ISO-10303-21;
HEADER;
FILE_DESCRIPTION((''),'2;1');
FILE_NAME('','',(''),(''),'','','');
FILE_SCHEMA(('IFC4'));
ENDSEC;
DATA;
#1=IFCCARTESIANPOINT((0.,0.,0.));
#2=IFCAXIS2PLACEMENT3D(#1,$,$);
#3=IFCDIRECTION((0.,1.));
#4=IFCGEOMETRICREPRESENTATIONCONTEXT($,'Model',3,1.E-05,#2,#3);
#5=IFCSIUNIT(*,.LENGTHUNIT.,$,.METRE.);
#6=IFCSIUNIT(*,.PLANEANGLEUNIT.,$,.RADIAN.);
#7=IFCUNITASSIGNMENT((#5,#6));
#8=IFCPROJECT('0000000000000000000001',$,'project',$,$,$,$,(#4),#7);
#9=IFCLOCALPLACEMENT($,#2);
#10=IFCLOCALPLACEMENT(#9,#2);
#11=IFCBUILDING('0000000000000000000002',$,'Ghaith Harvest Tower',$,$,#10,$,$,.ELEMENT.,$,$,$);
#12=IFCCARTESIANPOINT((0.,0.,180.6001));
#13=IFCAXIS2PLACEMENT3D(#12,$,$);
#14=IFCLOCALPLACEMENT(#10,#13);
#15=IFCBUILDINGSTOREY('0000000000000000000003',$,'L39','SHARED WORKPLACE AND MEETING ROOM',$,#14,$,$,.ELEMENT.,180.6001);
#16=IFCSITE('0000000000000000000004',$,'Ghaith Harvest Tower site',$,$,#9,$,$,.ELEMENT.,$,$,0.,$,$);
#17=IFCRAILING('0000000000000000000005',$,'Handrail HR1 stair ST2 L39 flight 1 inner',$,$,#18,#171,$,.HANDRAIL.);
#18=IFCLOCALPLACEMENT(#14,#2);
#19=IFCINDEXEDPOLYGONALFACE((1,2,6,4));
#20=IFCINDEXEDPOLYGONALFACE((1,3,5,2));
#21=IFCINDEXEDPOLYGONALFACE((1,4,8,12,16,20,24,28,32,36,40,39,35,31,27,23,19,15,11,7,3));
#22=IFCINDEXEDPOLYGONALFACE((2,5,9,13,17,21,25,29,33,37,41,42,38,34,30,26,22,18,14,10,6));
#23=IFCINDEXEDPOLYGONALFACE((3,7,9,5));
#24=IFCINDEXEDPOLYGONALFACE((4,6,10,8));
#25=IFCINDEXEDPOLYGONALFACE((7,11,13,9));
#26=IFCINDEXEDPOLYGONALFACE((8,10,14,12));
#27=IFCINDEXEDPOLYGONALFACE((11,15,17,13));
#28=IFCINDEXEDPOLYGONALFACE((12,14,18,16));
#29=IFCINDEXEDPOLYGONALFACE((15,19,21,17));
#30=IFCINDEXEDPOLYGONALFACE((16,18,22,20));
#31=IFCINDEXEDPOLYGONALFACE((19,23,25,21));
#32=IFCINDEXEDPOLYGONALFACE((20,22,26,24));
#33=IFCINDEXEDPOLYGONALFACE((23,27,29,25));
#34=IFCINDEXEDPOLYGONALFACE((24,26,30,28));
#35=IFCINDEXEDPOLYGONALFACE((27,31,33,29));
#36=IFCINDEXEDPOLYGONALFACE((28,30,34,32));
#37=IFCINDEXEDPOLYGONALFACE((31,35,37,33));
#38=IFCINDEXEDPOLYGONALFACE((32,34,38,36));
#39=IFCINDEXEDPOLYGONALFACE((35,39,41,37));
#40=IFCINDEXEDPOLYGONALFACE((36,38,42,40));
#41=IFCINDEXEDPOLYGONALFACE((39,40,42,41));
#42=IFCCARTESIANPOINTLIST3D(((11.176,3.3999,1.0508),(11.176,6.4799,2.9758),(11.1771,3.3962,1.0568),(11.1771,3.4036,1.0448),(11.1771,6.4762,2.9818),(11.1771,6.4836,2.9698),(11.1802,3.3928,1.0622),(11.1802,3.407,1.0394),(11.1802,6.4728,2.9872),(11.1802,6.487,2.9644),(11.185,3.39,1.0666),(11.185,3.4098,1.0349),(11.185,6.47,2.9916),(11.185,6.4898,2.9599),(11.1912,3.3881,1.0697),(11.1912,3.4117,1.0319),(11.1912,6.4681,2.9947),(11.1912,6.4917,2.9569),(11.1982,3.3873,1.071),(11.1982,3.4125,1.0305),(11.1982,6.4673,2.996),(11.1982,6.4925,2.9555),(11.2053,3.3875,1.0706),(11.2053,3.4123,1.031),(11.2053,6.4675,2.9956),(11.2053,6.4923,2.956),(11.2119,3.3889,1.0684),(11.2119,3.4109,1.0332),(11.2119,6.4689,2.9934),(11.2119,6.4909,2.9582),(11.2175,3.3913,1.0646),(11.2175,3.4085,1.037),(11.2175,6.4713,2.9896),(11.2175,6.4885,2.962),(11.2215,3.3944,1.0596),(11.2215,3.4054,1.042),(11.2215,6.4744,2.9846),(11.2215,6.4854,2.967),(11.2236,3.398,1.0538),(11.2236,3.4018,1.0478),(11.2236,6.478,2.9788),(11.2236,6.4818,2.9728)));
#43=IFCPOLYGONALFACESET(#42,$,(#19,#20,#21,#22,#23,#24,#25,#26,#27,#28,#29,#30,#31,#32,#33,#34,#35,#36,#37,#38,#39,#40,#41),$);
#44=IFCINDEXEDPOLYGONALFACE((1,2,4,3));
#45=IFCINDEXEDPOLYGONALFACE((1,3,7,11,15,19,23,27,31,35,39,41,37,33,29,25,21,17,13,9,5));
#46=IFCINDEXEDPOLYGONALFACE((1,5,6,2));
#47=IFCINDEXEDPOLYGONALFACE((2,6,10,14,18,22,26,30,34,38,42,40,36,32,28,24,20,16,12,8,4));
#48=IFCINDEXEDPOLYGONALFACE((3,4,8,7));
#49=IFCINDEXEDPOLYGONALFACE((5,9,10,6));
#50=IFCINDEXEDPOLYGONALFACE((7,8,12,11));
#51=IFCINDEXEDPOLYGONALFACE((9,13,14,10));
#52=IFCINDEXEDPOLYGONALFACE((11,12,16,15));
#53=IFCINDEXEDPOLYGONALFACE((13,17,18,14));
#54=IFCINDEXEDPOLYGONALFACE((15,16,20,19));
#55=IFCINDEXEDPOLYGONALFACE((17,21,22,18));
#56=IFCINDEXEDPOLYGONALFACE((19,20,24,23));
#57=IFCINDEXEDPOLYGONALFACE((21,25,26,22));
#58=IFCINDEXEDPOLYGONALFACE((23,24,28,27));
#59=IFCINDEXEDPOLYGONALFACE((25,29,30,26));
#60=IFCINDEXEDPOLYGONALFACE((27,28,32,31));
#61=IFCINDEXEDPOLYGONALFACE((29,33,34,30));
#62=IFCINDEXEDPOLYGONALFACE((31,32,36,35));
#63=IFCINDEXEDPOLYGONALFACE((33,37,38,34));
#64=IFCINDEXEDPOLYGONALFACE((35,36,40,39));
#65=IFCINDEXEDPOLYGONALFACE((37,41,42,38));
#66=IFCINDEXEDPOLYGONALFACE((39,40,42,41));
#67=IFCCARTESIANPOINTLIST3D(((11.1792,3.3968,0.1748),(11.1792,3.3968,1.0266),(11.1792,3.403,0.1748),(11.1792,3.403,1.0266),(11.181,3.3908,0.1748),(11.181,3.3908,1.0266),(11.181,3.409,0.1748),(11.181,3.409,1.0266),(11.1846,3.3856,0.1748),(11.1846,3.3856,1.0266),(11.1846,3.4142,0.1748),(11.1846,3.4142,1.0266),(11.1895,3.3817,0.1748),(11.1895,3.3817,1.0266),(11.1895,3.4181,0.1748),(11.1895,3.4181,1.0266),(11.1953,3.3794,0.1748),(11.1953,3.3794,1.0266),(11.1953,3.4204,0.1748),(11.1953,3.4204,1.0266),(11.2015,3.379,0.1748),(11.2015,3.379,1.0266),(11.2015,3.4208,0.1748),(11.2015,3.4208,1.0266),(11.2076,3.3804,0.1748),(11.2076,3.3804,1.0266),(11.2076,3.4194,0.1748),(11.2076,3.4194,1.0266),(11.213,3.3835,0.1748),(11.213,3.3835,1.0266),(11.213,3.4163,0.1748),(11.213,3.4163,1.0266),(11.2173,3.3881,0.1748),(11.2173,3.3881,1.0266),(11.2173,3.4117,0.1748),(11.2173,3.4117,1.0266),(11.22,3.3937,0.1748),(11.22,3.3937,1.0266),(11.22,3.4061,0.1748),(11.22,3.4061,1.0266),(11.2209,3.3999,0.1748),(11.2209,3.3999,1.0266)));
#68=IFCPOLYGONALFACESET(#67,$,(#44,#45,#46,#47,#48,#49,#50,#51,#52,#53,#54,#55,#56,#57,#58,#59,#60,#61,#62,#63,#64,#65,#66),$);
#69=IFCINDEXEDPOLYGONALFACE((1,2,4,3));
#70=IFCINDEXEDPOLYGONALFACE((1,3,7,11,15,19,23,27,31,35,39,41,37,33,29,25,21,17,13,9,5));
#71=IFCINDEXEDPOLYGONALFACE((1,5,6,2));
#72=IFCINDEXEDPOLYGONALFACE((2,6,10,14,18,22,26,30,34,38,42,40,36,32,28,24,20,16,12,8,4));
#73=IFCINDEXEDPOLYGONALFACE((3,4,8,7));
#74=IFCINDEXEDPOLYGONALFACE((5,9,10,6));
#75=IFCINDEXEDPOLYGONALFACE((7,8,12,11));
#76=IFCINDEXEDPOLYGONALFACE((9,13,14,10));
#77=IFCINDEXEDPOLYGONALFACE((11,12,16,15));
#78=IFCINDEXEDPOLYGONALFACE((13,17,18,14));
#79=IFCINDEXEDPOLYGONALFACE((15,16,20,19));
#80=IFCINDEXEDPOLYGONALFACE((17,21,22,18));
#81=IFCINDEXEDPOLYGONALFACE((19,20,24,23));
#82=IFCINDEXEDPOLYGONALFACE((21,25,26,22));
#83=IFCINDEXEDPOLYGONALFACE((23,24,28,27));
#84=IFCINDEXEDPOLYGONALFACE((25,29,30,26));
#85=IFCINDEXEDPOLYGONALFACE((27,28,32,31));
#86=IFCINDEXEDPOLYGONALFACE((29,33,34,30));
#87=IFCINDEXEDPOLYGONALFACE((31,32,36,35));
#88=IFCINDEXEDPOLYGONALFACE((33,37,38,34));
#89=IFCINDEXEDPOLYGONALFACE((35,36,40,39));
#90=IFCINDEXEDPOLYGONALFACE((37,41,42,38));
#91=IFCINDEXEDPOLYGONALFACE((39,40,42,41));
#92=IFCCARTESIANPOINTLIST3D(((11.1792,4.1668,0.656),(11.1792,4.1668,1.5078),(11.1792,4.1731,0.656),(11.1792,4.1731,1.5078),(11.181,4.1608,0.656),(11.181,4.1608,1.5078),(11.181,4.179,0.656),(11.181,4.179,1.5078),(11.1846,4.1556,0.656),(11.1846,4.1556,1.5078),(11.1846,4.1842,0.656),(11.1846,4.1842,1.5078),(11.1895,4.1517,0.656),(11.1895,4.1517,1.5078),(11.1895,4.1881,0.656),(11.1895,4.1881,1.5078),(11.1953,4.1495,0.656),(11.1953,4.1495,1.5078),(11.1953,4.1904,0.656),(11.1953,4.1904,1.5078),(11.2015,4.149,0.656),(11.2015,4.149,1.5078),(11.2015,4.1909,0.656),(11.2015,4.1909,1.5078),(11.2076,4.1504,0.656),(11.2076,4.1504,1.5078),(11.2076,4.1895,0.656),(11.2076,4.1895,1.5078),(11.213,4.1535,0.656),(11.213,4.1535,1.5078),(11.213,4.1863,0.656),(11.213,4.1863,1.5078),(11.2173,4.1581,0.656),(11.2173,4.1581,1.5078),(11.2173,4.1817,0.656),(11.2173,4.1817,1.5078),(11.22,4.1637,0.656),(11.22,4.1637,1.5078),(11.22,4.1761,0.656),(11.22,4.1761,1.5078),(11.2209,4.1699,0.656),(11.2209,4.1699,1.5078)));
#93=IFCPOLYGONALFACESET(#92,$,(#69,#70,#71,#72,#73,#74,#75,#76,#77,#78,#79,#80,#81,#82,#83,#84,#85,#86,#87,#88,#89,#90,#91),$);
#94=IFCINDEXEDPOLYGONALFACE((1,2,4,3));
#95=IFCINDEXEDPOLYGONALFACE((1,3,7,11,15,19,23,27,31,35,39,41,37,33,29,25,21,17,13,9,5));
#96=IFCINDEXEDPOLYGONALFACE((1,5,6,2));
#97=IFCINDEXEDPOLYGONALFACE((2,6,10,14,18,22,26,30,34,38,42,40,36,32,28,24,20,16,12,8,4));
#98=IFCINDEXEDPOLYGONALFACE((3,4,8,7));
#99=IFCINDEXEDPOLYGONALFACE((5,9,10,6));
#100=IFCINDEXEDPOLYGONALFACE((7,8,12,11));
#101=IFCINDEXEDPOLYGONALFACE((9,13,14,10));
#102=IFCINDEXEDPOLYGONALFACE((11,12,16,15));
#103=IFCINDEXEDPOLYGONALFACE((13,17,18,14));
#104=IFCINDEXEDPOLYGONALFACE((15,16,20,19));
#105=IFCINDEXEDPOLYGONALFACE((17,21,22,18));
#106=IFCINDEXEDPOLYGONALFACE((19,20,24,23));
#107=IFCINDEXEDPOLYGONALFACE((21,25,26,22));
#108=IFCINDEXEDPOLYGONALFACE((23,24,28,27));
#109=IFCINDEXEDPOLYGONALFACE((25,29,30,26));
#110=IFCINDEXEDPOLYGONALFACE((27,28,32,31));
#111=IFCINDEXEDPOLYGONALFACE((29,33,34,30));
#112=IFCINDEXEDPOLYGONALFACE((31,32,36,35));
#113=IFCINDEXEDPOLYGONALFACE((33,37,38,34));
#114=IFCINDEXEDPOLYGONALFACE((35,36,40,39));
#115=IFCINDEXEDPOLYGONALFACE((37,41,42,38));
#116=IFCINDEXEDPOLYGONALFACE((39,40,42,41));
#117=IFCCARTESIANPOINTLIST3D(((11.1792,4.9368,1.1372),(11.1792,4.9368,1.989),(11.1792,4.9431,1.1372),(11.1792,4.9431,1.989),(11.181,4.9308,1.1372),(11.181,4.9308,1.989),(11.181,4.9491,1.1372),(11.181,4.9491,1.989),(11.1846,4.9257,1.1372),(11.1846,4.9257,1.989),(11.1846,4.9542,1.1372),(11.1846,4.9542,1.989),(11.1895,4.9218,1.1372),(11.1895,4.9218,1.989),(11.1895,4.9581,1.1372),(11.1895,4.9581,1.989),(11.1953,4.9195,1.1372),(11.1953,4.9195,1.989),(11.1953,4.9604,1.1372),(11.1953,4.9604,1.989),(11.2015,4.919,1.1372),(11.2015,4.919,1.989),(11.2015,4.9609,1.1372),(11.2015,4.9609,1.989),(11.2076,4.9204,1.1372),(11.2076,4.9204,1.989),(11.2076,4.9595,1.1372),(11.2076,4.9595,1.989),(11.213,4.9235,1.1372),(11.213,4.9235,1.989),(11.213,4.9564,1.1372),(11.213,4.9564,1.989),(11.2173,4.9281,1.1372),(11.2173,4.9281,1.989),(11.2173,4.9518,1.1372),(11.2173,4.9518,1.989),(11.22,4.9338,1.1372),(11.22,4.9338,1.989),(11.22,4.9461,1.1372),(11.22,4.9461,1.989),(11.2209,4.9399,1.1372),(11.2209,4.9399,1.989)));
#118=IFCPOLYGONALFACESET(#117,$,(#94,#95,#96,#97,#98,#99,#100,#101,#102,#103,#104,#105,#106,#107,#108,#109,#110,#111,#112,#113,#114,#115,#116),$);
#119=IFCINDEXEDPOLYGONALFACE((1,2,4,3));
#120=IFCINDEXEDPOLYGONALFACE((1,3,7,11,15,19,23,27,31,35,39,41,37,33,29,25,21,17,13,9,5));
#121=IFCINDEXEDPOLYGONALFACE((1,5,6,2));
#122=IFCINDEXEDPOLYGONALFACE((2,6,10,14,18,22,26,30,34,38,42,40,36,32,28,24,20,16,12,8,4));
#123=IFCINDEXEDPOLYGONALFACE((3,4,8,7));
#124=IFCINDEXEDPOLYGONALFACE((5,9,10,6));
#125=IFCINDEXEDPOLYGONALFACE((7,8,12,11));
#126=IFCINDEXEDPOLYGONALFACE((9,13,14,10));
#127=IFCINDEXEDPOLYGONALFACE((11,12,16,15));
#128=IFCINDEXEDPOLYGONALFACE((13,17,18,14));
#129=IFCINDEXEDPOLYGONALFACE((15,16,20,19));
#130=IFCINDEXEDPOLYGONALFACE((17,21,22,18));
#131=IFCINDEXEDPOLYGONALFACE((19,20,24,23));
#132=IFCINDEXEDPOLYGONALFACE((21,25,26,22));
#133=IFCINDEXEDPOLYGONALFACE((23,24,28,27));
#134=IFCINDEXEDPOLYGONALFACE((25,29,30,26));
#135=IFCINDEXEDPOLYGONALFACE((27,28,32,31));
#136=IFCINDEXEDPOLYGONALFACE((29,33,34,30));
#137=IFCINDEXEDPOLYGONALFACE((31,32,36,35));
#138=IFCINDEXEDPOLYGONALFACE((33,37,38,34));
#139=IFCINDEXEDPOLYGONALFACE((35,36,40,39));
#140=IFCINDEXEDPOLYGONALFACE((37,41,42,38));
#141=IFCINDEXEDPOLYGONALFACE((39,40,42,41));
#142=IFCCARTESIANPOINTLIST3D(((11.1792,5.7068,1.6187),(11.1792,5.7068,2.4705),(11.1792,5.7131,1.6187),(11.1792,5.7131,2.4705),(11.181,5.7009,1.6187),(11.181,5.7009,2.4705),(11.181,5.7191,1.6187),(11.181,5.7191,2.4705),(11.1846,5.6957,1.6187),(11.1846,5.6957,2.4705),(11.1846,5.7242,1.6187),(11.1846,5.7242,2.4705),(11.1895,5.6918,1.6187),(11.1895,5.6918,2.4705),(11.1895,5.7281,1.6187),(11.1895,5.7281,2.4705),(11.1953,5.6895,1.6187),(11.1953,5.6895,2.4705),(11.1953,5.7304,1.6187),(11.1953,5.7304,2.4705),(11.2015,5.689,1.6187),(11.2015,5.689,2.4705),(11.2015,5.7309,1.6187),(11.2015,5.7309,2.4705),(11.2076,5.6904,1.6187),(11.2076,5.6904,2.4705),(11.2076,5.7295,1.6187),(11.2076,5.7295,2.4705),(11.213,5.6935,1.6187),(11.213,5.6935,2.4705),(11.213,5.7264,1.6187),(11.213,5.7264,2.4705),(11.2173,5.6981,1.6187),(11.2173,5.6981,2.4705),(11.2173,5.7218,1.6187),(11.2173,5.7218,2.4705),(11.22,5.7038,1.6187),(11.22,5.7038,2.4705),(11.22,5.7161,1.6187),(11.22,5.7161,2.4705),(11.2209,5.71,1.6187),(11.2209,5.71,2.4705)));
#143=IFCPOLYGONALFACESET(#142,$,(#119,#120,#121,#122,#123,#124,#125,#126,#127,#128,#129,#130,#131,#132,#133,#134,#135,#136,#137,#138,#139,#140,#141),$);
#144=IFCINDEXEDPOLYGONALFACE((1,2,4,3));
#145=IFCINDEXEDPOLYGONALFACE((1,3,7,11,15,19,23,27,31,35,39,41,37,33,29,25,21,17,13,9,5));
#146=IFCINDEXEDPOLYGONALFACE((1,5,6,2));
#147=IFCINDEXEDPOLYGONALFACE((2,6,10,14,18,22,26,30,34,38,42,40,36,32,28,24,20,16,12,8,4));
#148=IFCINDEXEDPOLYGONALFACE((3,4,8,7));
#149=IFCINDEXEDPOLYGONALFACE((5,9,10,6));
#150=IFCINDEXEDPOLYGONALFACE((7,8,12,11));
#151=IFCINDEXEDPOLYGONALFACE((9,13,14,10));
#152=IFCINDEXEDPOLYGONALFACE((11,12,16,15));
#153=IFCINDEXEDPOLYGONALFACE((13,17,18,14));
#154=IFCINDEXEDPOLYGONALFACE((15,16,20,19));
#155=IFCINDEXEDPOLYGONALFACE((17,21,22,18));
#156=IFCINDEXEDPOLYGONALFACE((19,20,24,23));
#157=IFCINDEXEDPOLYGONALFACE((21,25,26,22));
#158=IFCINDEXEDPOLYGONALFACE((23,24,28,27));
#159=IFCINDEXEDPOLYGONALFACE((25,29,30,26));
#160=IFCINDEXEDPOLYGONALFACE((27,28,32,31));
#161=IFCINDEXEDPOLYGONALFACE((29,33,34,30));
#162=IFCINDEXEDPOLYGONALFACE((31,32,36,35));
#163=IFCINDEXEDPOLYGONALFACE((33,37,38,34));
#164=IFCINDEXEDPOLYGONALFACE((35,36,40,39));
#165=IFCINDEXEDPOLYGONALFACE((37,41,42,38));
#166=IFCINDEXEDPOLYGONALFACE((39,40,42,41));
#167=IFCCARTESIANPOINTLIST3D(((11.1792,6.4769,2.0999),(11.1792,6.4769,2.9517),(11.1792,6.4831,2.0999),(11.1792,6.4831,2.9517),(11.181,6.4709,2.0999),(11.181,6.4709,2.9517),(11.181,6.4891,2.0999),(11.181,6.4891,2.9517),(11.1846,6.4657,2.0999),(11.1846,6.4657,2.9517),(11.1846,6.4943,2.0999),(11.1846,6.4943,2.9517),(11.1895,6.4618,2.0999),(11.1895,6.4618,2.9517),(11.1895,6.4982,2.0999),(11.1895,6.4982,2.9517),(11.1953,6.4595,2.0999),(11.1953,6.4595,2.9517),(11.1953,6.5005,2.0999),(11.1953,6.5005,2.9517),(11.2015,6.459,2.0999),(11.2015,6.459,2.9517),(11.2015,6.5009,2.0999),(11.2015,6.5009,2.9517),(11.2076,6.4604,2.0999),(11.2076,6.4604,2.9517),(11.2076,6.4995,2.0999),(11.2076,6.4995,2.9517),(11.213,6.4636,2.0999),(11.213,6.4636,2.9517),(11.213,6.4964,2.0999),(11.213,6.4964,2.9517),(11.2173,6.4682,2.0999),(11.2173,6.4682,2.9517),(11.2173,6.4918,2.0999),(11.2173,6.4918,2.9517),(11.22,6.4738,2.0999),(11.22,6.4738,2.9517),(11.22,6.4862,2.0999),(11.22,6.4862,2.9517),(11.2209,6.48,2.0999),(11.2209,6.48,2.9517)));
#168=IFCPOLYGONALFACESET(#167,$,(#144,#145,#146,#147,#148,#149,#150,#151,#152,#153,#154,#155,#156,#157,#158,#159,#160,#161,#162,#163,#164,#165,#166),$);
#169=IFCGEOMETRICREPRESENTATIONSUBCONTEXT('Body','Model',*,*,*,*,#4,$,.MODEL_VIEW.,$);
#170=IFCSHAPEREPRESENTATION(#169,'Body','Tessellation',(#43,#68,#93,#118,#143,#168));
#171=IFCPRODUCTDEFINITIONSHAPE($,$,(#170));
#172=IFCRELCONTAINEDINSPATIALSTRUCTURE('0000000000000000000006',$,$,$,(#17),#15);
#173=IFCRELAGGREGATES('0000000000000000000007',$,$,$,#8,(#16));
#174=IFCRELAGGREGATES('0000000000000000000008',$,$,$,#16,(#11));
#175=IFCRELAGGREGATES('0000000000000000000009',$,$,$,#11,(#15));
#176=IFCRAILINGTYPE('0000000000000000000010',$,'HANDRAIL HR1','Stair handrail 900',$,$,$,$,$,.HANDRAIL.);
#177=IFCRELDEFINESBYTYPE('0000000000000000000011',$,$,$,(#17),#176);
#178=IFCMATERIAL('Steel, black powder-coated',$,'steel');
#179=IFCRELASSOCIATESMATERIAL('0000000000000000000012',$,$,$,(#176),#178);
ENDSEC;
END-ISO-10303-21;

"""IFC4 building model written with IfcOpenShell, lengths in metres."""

from ifc_helpers import new_model, si_unit, direction, frame, origin, origin_2d, place, context, subcontext, project, spatial, circle, extrude, material, type_object, element, save


model = new_model("IFC4")

# Units and contexts
model_context = context("Model", 3, precision=1e-05, world=origin(), true_north=direction((0.0, 1.0)))
body_context = subcontext(model_context, "Body", "Model", "MODEL_VIEW")
ifc_project = project(units=[si_unit("LENGTHUNIT", "METRE"), si_unit("PLANEANGLEUNIT", "RADIAN")], contexts=[model_context])

# Site, building, storey
site_placement = place(None, origin())
site = spatial("IfcSite", under=ifc_project, at=site_placement, Name="Ghaith Harvest Tower site", CompositionType="ELEMENT", RefElevation=0.0)
building_placement = place(site_placement, origin())
building = spatial("IfcBuilding", under=site, at=building_placement, Name="Ghaith Harvest Tower", CompositionType="ELEMENT")
storey_placement = place(building_placement, frame((0.0, 0.0, 180.6001)))
storey = spatial("IfcBuildingStorey", under=building, at=storey_placement, Name="L39", Description="SHARED WORKPLACE AND MEETING ROOM", CompositionType="ELEMENT", Elevation=180.6001)

# Railing
ifc_material_1 = material(Name="Steel, black powder-coated", Category="steel")
railing_type = type_object("IfcRailingType", Name="HANDRAIL HR1", Description="Stair handrail 900", PredefinedType="HANDRAIL", material=ifc_material_1)
railing_1_placement = place(storey_placement, frame((11.2, 3.3999, 0.1748)))
element("IfcRailing", 1, at=railing_1_placement, inside=storey, type_object=railing_type, Name="Handrail HR1 stair ST2 L39 flight 1 inner", PredefinedType="HANDRAIL", context=body_context, shape_type="SweptSolid", body=[
    extrude(circle(Radius=0.0239, at=origin_2d()), frame((0.0, 0.0, 0.876), z_axis=(0.0, 0.847998, 0.529999), x_axis=(-1.0, 0.0, 0.0)), (0.0, 0.0, 1.0), 3.6321),
    extrude(circle(Radius=0.021, at=origin_2d()), origin(), (0.0, 0.0, 1.0), 0.8518),
    extrude(circle(Radius=0.021, at=origin_2d()), frame((0.0, 0.77, 0.4812)), (0.0, 0.0, 1.0), 0.8518),
    extrude(circle(Radius=0.021, at=origin_2d()), frame((0.0, 1.54, 0.9624)), (0.0, 0.0, 1.0), 0.8518),
    extrude(circle(Radius=0.021, at=origin_2d()), frame((0.0, 2.3101, 1.4438)), (0.0, 0.0, 1.0), 0.8518),
    extrude(circle(Radius=0.021, at=origin_2d()), frame((0.0, 3.0801, 1.925)), (0.0, 0.0, 1.0), 0.8518),
])

save(model, "model.ifc")
